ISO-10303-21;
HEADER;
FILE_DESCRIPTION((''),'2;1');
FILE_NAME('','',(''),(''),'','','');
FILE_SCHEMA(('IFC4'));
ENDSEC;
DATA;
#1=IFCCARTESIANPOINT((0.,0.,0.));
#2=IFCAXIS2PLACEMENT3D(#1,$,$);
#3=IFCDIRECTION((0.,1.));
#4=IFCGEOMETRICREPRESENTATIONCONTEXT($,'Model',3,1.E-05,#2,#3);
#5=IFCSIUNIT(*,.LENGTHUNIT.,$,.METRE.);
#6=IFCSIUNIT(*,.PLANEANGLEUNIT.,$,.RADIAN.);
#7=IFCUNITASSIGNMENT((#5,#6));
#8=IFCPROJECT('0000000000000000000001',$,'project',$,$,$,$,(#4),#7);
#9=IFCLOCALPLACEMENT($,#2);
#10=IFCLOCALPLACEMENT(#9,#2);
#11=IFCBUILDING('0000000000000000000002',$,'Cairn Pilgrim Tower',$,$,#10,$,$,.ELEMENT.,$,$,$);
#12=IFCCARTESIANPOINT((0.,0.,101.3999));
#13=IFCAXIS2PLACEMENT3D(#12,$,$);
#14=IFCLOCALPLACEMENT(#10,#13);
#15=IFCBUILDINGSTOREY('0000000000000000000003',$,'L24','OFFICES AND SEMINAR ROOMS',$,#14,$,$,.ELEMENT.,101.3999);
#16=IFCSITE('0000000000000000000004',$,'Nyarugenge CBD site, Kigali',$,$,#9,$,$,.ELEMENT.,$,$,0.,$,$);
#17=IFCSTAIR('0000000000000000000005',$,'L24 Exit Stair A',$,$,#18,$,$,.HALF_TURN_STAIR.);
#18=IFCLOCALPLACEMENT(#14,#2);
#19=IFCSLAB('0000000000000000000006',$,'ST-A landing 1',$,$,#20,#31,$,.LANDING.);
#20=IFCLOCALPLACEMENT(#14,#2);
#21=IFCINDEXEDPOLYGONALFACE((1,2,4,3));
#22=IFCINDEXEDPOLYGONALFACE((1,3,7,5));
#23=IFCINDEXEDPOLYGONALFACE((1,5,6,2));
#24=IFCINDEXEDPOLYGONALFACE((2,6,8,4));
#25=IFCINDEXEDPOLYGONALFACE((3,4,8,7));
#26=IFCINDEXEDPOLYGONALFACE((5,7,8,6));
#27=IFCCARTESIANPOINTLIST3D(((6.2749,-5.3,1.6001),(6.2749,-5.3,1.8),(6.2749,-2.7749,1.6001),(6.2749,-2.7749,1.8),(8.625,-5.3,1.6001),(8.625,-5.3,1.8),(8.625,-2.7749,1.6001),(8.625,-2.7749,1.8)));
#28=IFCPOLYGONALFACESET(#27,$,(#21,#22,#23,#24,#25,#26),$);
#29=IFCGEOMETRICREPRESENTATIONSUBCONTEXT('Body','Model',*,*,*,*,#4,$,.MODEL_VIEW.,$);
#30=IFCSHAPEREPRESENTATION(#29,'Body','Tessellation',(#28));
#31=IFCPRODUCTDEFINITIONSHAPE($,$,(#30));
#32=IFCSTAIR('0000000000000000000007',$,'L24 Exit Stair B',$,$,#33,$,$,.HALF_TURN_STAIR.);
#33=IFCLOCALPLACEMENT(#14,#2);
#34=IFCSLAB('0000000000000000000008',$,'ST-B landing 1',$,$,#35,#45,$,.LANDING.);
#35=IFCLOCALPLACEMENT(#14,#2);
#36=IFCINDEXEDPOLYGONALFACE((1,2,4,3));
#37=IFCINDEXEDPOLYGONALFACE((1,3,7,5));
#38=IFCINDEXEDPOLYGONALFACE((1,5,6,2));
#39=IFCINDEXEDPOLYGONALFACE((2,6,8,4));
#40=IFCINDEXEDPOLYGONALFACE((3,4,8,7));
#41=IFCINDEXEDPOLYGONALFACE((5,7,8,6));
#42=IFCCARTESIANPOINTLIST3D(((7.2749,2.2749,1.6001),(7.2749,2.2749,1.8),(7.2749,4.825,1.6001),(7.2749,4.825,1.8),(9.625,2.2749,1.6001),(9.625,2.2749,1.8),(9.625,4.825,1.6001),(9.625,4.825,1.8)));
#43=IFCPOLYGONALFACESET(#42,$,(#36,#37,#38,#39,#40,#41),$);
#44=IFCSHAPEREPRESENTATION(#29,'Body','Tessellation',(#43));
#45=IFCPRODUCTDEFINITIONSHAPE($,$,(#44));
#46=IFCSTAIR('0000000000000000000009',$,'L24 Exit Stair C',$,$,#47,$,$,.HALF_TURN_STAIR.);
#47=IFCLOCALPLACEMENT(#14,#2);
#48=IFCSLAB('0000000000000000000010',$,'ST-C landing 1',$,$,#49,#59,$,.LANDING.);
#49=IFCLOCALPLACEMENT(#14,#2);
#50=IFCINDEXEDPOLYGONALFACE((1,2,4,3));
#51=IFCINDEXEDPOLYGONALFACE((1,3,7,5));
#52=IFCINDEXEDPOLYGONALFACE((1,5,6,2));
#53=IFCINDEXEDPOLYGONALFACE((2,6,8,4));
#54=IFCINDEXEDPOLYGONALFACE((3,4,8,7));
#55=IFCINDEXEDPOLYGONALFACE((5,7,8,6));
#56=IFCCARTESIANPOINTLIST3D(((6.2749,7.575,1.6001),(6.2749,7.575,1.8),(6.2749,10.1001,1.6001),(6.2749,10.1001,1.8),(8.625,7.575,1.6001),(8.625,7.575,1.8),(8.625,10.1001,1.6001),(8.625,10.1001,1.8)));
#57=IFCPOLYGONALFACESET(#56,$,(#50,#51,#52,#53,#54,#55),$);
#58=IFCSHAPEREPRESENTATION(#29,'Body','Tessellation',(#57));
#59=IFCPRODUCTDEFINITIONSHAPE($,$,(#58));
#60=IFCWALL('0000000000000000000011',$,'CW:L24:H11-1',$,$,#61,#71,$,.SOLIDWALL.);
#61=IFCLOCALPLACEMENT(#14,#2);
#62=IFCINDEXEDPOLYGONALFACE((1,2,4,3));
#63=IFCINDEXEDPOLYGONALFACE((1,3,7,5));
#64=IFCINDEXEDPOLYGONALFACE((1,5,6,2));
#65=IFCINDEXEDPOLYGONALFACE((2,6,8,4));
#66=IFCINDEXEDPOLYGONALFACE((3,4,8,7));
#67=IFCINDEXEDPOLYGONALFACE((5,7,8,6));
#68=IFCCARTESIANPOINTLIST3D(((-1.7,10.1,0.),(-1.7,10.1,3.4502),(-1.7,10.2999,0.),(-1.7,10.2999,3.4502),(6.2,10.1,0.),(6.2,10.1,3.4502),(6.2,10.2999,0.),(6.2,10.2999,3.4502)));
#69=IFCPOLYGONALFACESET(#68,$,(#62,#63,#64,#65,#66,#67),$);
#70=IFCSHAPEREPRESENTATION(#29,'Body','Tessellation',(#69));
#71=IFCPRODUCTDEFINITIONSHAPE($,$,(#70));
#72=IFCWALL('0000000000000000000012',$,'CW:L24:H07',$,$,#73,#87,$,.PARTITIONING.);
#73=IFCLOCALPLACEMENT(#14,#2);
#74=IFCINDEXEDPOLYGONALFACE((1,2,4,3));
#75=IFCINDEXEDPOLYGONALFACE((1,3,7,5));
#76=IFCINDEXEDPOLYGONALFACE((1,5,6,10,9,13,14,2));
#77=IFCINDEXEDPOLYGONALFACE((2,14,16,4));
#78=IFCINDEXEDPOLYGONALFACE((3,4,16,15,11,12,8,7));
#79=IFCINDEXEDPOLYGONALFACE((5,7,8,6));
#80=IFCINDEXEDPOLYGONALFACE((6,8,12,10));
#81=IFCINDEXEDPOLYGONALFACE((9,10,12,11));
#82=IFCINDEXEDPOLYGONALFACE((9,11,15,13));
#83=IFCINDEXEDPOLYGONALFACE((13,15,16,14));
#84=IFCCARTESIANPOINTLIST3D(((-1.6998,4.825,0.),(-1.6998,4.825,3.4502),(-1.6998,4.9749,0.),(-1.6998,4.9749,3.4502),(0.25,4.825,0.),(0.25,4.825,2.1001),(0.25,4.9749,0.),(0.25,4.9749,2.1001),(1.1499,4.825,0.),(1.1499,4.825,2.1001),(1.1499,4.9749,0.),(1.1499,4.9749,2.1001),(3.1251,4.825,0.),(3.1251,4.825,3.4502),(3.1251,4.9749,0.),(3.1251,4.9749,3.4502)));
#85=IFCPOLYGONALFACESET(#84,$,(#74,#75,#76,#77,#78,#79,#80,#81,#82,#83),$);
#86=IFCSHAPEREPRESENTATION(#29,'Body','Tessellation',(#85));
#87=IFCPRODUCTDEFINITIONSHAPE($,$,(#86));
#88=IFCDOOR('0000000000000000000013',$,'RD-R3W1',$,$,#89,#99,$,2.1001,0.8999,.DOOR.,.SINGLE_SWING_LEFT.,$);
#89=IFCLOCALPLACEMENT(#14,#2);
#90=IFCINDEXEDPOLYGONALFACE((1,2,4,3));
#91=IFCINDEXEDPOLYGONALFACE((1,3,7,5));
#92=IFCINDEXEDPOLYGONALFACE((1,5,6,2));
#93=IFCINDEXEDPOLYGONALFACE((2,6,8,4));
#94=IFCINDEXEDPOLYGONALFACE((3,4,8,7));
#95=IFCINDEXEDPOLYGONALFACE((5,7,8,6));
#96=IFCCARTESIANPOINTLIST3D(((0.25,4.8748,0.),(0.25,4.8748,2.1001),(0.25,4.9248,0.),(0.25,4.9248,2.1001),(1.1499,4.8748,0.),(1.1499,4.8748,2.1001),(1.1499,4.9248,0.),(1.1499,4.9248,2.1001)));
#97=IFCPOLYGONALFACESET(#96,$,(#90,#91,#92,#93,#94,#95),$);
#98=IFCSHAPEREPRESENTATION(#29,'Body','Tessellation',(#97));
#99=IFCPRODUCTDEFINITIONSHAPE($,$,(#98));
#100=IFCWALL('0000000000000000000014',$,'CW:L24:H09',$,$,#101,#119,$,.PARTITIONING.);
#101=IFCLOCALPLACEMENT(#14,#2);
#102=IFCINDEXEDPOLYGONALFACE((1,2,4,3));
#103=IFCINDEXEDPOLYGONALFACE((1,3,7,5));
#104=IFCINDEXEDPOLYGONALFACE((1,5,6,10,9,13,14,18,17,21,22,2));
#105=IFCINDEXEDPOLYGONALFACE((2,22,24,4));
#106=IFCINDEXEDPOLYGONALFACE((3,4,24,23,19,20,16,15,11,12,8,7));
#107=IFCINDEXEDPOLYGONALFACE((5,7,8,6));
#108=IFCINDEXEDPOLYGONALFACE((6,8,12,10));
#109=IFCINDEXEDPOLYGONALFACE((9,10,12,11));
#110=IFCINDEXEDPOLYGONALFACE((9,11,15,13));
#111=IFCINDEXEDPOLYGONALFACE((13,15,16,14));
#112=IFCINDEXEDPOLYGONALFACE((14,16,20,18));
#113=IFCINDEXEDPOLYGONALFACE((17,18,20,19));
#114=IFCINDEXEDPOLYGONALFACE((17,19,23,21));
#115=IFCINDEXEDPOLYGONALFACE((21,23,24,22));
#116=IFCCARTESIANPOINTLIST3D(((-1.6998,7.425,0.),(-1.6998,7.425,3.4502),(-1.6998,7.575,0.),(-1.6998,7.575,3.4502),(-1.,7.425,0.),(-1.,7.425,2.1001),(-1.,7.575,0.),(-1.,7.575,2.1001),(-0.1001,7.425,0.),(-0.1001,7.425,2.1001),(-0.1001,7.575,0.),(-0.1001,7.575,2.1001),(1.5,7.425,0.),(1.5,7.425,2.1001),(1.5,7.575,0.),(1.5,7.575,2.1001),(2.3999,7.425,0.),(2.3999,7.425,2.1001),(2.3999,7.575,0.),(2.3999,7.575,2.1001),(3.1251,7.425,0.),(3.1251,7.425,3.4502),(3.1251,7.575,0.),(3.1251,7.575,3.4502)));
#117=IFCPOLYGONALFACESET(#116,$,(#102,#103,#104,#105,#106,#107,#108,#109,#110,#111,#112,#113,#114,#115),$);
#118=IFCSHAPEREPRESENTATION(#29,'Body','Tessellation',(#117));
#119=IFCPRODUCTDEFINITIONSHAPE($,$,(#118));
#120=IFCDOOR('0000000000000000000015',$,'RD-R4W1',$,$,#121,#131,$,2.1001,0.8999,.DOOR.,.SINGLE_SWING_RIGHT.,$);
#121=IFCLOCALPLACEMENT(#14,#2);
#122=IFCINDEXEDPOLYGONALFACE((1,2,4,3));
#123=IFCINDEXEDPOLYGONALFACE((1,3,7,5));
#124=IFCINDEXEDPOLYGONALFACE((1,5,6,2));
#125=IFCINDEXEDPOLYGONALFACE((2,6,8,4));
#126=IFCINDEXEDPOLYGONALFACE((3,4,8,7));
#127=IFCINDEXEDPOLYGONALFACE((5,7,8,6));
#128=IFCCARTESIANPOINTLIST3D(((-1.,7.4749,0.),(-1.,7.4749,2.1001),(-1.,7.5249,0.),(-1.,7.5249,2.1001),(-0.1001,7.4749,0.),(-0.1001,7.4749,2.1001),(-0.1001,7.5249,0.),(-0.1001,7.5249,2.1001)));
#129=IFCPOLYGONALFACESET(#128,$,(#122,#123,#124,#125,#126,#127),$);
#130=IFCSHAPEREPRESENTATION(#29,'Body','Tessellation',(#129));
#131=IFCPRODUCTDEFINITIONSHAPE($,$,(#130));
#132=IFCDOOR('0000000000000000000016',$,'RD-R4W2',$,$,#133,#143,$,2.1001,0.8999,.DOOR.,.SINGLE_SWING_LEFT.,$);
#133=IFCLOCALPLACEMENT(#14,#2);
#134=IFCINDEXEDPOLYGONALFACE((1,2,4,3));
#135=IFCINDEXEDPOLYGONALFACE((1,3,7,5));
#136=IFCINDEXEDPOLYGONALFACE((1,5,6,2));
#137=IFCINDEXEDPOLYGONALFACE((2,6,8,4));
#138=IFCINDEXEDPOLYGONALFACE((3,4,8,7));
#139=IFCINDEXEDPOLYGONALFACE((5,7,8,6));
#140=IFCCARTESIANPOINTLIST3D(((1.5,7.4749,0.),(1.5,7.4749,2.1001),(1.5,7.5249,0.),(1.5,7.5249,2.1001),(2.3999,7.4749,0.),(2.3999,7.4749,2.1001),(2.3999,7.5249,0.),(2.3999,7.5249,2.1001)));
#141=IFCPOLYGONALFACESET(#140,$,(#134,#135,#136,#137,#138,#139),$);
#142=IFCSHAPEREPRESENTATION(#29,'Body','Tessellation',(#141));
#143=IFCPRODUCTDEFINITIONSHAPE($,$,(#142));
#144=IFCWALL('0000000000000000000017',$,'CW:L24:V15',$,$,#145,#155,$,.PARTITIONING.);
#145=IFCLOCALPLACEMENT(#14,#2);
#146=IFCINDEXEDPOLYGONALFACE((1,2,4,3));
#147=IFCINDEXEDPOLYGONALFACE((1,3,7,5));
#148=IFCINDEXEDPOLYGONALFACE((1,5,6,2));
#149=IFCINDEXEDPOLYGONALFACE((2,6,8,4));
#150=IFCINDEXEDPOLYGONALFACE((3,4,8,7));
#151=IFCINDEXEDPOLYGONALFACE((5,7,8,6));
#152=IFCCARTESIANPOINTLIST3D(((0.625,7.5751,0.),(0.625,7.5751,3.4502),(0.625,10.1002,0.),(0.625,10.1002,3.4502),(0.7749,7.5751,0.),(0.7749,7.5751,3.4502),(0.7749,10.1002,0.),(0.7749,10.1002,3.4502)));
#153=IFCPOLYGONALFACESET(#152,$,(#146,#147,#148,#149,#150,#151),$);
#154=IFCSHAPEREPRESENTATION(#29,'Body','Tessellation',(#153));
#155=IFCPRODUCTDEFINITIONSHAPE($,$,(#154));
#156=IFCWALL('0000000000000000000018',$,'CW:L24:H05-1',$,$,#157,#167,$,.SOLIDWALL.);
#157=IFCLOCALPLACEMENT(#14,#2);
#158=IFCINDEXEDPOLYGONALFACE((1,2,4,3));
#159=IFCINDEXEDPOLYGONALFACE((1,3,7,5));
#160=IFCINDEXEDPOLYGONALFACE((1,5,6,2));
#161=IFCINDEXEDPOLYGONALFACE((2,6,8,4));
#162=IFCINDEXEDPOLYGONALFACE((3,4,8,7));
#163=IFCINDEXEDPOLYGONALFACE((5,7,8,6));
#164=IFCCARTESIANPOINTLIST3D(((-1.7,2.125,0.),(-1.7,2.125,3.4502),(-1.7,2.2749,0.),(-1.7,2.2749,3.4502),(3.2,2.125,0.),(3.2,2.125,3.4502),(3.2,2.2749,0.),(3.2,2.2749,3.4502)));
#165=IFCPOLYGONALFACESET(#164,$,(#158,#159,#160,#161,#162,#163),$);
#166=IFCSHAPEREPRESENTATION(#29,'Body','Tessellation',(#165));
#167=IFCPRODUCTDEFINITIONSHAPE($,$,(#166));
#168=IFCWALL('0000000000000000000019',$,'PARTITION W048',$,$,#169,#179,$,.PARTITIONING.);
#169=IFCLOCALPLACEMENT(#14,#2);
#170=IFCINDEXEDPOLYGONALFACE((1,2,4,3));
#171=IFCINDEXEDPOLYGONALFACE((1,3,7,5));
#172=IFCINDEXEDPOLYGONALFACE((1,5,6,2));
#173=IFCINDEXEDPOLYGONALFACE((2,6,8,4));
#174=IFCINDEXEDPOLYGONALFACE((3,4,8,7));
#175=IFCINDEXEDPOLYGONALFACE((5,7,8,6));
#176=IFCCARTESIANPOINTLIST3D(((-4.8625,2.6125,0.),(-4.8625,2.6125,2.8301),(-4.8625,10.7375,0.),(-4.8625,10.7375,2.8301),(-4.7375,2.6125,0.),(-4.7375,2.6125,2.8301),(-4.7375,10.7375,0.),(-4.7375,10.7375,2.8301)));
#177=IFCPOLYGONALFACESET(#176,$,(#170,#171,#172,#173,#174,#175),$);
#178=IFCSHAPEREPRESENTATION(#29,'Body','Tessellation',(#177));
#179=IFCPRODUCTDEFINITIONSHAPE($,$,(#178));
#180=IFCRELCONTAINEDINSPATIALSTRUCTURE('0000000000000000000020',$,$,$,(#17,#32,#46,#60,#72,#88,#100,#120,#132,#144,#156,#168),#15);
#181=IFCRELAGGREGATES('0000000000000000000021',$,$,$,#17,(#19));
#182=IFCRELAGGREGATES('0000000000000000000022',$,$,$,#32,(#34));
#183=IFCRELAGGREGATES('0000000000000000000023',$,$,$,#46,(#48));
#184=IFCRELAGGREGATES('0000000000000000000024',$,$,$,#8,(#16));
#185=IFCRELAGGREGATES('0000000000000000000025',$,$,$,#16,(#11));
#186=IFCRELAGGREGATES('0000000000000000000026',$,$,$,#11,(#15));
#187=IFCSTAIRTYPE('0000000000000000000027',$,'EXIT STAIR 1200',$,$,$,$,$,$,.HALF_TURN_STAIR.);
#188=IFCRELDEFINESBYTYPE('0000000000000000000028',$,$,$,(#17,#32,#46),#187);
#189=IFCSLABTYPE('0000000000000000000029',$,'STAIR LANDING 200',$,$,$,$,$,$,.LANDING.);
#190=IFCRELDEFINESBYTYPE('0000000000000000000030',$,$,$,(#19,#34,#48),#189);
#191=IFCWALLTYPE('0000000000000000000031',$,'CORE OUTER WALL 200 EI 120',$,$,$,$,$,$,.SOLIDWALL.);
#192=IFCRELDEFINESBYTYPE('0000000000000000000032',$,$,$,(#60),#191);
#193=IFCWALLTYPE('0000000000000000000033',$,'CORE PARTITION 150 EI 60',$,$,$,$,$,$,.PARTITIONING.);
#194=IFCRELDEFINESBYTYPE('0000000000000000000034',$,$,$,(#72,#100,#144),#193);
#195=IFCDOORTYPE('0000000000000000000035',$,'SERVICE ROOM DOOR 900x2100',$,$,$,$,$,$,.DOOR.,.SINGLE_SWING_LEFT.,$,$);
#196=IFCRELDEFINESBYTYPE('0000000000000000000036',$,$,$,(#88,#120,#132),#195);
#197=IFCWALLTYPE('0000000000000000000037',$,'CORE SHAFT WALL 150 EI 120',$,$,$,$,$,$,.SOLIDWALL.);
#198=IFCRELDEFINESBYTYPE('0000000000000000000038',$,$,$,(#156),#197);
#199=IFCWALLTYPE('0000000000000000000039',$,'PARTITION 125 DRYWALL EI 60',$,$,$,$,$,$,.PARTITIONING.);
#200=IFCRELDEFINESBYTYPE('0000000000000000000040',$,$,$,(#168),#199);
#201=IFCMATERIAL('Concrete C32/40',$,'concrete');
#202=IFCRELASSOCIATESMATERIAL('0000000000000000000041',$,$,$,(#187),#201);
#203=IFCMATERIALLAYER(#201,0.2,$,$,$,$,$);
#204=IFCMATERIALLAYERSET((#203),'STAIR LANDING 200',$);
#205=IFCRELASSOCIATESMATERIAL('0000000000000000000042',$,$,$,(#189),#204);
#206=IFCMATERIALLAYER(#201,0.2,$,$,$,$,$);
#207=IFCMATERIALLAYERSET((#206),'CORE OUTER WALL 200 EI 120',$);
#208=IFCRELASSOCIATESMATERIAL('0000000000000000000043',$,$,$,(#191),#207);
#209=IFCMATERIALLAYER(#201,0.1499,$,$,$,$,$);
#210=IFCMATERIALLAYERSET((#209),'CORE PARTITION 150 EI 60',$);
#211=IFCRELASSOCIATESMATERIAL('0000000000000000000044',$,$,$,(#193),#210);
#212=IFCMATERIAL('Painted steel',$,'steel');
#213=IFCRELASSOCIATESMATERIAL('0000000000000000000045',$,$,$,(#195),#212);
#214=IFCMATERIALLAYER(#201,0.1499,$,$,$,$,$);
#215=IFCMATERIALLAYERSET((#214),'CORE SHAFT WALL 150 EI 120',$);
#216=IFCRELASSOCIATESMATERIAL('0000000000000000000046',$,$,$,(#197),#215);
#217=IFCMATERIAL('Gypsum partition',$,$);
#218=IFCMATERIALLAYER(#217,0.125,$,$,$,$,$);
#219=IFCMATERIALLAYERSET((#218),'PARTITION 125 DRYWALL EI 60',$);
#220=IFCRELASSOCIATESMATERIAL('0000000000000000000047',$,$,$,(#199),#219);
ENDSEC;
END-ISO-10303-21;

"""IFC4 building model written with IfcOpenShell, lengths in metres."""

from ifc_helpers import new_model, si_unit, direction, frame, frame_2d, origin, place, context, subcontext, project, spatial, polyline, rectangle, outline, extrude, material, layer, layer_set, type_object, element, fill, aggregate, save


model = new_model("IFC4")

# Units and contexts
model_context = context("Model", 3, precision=1e-05, world=origin(), true_north=direction((0.0, 1.0)))
body_context = subcontext(model_context, "Body", "Model", "MODEL_VIEW")
ifc_project = project(units=[si_unit("LENGTHUNIT", "METRE"), si_unit("PLANEANGLEUNIT", "RADIAN")], contexts=[model_context])

# Site, building, storey
site_placement = place(None, origin())
site = spatial("IfcSite", under=ifc_project, at=site_placement, Name="Nyarugenge CBD site, Kigali", CompositionType="ELEMENT", RefElevation=0.0)
building_placement = place(site_placement, origin())
building = spatial("IfcBuilding", under=site, at=building_placement, Name="Cairn Pilgrim Tower", CompositionType="ELEMENT")
storey_placement = place(building_placement, frame((0.0, 0.0, 101.3999)))
storey = spatial("IfcBuildingStorey", under=building, at=storey_placement, Name="L24", Description="OFFICES AND SEMINAR ROOMS", CompositionType="ELEMENT", Elevation=101.3999)

# Stairs, slabs
ifc_material_1 = material(Name="Concrete C32/40", Category="concrete")
stair_type = type_object("IfcStairType", Name="EXIT STAIR 1200", PredefinedType="HALF_TURN_STAIR", material=ifc_material_1)
stair_1_placement = place(storey_placement, origin())
stair_1 = element("IfcStair", 1, at=stair_1_placement, inside=storey, type_object=stair_type, Name="L24 Exit Stair A", PredefinedType="HALF_TURN_STAIR")
ifc_layer_1 = layer(ifc_material_1, 0.2)
ifc_layer_set_1 = layer_set([ifc_layer_1], Name="STAIR LANDING 200")
slab_type_1 = type_object("IfcSlabType", Name="STAIR LANDING 200", PredefinedType="LANDING", material=ifc_layer_set_1)
slab_1_placement = place(storey_placement, frame((0.0, 0.0, 1.6001)))
slab_1 = element("IfcSlab", 2, at=slab_1_placement, type_object=slab_type_1, Name="ST-A landing 1", PredefinedType="LANDING", context=body_context, shape_type="SweptSolid", body=[
    extrude(outline(polyline([(8.625, -2.7749), (6.2749, -2.7749), (6.2749, -5.3), (8.625, -5.3), (8.625, -2.7749)])), origin(), (0.0, 0.0, 1.0), 0.2),
])
aggregate(stair_1, [slab_1])
stair_2_placement = place(storey_placement, origin())
stair_2 = element("IfcStair", 3, at=stair_2_placement, inside=storey, type_object=stair_type, Name="L24 Exit Stair B", PredefinedType="HALF_TURN_STAIR")
slab_2_placement = place(storey_placement, frame((0.0, 0.0, 1.6001)))
slab_2 = element("IfcSlab", 4, at=slab_2_placement, type_object=slab_type_1, Name="ST-B landing 1", PredefinedType="LANDING", context=body_context, shape_type="SweptSolid", body=[
    extrude(outline(polyline([(7.2749, 2.2749), (9.625, 2.2749), (9.625, 4.825), (7.2749, 4.825), (7.2749, 2.2749)])), origin(), (0.0, 0.0, 1.0), 0.2),
])
aggregate(stair_2, [slab_2])
stair_3_placement = place(storey_placement, origin())
stair_3 = element("IfcStair", 5, at=stair_3_placement, inside=storey, type_object=stair_type, Name="L24 Exit Stair C", PredefinedType="HALF_TURN_STAIR")
slab_3_placement = place(storey_placement, frame((0.0, 0.0, 1.6001)))
slab_3 = element("IfcSlab", 6, at=slab_3_placement, type_object=slab_type_1, Name="ST-C landing 1", PredefinedType="LANDING", context=body_context, shape_type="SweptSolid", body=[
    extrude(outline(polyline([(8.625, 10.1001), (6.2749, 10.1001), (6.2749, 7.575), (8.625, 7.575), (8.625, 10.1001)])), origin(), (0.0, 0.0, 1.0), 0.2),
])
aggregate(stair_3, [slab_3])

# Wall
ifc_layer_2 = layer(ifc_material_1, 0.2)
ifc_layer_set_2 = layer_set([ifc_layer_2], Name="CORE OUTER WALL 200 EI 120")
wall_type_1 = type_object("IfcWallType", Name="CORE OUTER WALL 200 EI 120", PredefinedType="SOLIDWALL", material=ifc_layer_set_2)
wall_1_placement = place(storey_placement, frame((-1.7, 10.2, 0.0), z_axis=(0.0, 0.0, 1.0), x_axis=(1.0, 0.0, 0.0)))
element("IfcWall", 7, at=wall_1_placement, inside=storey, type_object=wall_type_1, Name="CW:L24:H11-1", PredefinedType="SOLIDWALL", context=body_context, shape_type="SweptSolid", body=[
    extrude(rectangle(XDim=7.8999, YDim=0.2, at=frame_2d((3.95, 0.0))), origin(), (0.0, 0.0, 1.0), 3.4502),
])

# Wall, opening, door
ifc_layer_3 = layer(ifc_material_1, 0.1499)
ifc_layer_set_3 = layer_set([ifc_layer_3], Name="CORE PARTITION 150 EI 60")
wall_type_2 = type_object("IfcWallType", Name="CORE PARTITION 150 EI 60", PredefinedType="PARTITIONING", material=ifc_layer_set_3)
wall_2_placement = place(storey_placement, frame((-1.7, 4.8999, 0.0), z_axis=(0.0, 0.0, 1.0), x_axis=(1.0, 0.0, 0.0)))
wall_2 = element("IfcWall", 8, at=wall_2_placement, inside=storey, type_object=wall_type_2, Name="CW:L24:H07", PredefinedType="PARTITIONING", context=body_context, shape_type="SweptSolid", body=[
    extrude(rectangle(XDim=4.825, YDim=0.1499, at=frame_2d((2.4126, 0.0))), origin(), (0.0, 0.0, 1.0), 3.4502),
])
opening_1_placement = place(wall_2_placement, frame((1.95, 0.0, 0.0)))
opening_1 = element("IfcOpeningElement", 9, at=opening_1_placement, cuts=wall_2, PredefinedType="OPENING", context=body_context, shape_type="SweptSolid", body=[
    extrude(rectangle(XDim=0.8999, YDim=2.1001, at=frame_2d((0.45, 1.05))), frame((0.0, 0.085, 0.0), z_axis=(0.0, -1.0, 0.0), x_axis=(1.0, 0.0, 0.0)), (0.0, 0.0, 1.0), 0.1699),
])
ifc_material_2 = material(Name="Painted steel", Category="steel")
door_type = type_object("IfcDoorType", Name="SERVICE ROOM DOOR 900x2100", OperationType="SINGLE_SWING_LEFT", PredefinedType="DOOR", material=ifc_material_2)
door_1_placement = place(opening_1_placement, origin())
door_1 = element("IfcDoor", 10, at=door_1_placement, inside=storey, type_object=door_type, Name="RD-R3W1", OperationType="SINGLE_SWING_LEFT", OverallHeight=2.1001, OverallWidth=0.8999, PredefinedType="DOOR", context=body_context, shape_type="SweptSolid", body=[
    extrude(rectangle(XDim=0.8999, YDim=2.1001, at=frame_2d((0.45, 1.05))), frame((0.0, 0.0249, 0.0), z_axis=(0.0, -1.0, 0.0), x_axis=(1.0, 0.0, 0.0)), (0.0, 0.0, 1.0), 0.05),
])
fill(opening_1, door_1)

# Wall, openings, doors
wall_3_placement = place(storey_placement, frame((-1.7, 7.5, 0.0), z_axis=(0.0, 0.0, 1.0), x_axis=(1.0, 0.0, 0.0)))
wall_3 = element("IfcWall", 11, at=wall_3_placement, inside=storey, type_object=wall_type_2, Name="CW:L24:H09", PredefinedType="PARTITIONING", context=body_context, shape_type="SweptSolid", body=[
    extrude(rectangle(XDim=4.825, YDim=0.1499, at=frame_2d((2.4126, 0.0))), origin(), (0.0, 0.0, 1.0), 3.4502),
])
opening_2_placement = place(wall_3_placement, frame((0.7, 0.0, 0.0)))
opening_2 = element("IfcOpeningElement", 12, at=opening_2_placement, cuts=wall_3, PredefinedType="OPENING", context=body_context, shape_type="SweptSolid", body=[
    extrude(rectangle(XDim=0.8999, YDim=2.1001, at=frame_2d((0.45, 1.05))), frame((0.0, 0.085, 0.0), z_axis=(0.0, -1.0, 0.0), x_axis=(1.0, 0.0, 0.0)), (0.0, 0.0, 1.0), 0.1699),
])
opening_3_placement = place(wall_3_placement, frame((3.2, 0.0, 0.0)))
opening_3 = element("IfcOpeningElement", 13, at=opening_3_placement, cuts=wall_3, PredefinedType="OPENING", context=body_context, shape_type="SweptSolid", body=[
    extrude(rectangle(XDim=0.8999, YDim=2.1001, at=frame_2d((0.45, 1.05))), frame((0.0, 0.085, 0.0), z_axis=(0.0, -1.0, 0.0), x_axis=(1.0, 0.0, 0.0)), (0.0, 0.0, 1.0), 0.1699),
])
door_2_placement = place(opening_2_placement, origin())
door_2 = element("IfcDoor", 14, at=door_2_placement, inside=storey, type_object=door_type, Name="RD-R4W1", OperationType="SINGLE_SWING_RIGHT", OverallHeight=2.1001, OverallWidth=0.8999, PredefinedType="DOOR", context=body_context, shape_type="SweptSolid", body=[
    extrude(rectangle(XDim=0.8999, YDim=2.1001, at=frame_2d((0.45, 1.05))), frame((0.0, 0.0249, 0.0), z_axis=(0.0, -1.0, 0.0), x_axis=(1.0, 0.0, 0.0)), (0.0, 0.0, 1.0), 0.05),
])
fill(opening_2, door_2)
door_3_placement = place(opening_3_placement, origin())
door_3 = element("IfcDoor", 15, at=door_3_placement, inside=storey, type_object=door_type, Name="RD-R4W2", OperationType="SINGLE_SWING_LEFT", OverallHeight=2.1001, OverallWidth=0.8999, PredefinedType="DOOR", context=body_context, shape_type="SweptSolid", body=[
    extrude(rectangle(XDim=0.8999, YDim=2.1001, at=frame_2d((0.45, 1.05))), frame((0.0, 0.0249, 0.0), z_axis=(0.0, -1.0, 0.0), x_axis=(1.0, 0.0, 0.0)), (0.0, 0.0, 1.0), 0.05),
])
fill(opening_3, door_3)

# Walls
wall_4_placement = place(storey_placement, frame((0.7, 7.575, 0.0), z_axis=(0.0, 0.0, 1.0), x_axis=(0.0, 1.0, 0.0)))
element("IfcWall", 16, at=wall_4_placement, inside=storey, type_object=wall_type_2, Name="CW:L24:V15", PredefinedType="PARTITIONING", context=body_context, shape_type="SweptSolid", body=[
    extrude(rectangle(XDim=2.5251, YDim=0.1499, at=frame_2d((1.2627, 0.0))), origin(), (0.0, 0.0, 1.0), 3.4502),
])
ifc_layer_4 = layer(ifc_material_1, 0.1499)
ifc_layer_set_4 = layer_set([ifc_layer_4], Name="CORE SHAFT WALL 150 EI 120")
wall_type_3 = type_object("IfcWallType", Name="CORE SHAFT WALL 150 EI 120", PredefinedType="SOLIDWALL", material=ifc_layer_set_4)
wall_5_placement = place(storey_placement, frame((-1.7, 2.2, 0.0), z_axis=(0.0, 0.0, 1.0), x_axis=(1.0, 0.0, 0.0)))
element("IfcWall", 17, at=wall_5_placement, inside=storey, type_object=wall_type_3, Name="CW:L24:H05-1", PredefinedType="SOLIDWALL", context=body_context, shape_type="SweptSolid", body=[
    extrude(rectangle(XDim=4.8999, YDim=0.1499, at=frame_2d((2.45, 0.0))), origin(), (0.0, 0.0, 1.0), 3.4502),
])
ifc_material_3 = material(Name="Gypsum partition")
ifc_layer_5 = layer(ifc_material_3, 0.125)
ifc_layer_set_5 = layer_set([ifc_layer_5], Name="PARTITION 125 DRYWALL EI 60")
wall_type_4 = type_object("IfcWallType", Name="PARTITION 125 DRYWALL EI 60", PredefinedType="PARTITIONING", material=ifc_layer_set_5)
wall_6_placement = place(storey_placement, frame((-4.8, 2.6125, 0.0), z_axis=(0.0, 0.0, 1.0), x_axis=(0.0, 1.0, 0.0)))
element("IfcWall", 18, at=wall_6_placement, inside=storey, type_object=wall_type_4, Name="PARTITION W048", PredefinedType="PARTITIONING", context=body_context, shape_type="SweptSolid", body=[
    extrude(rectangle(XDim=8.125, YDim=0.125, at=frame_2d((4.0625, 0.0))), origin(), (0.0, 0.0, 1.0), 2.8301),
])

save(model, "model.ifc")
